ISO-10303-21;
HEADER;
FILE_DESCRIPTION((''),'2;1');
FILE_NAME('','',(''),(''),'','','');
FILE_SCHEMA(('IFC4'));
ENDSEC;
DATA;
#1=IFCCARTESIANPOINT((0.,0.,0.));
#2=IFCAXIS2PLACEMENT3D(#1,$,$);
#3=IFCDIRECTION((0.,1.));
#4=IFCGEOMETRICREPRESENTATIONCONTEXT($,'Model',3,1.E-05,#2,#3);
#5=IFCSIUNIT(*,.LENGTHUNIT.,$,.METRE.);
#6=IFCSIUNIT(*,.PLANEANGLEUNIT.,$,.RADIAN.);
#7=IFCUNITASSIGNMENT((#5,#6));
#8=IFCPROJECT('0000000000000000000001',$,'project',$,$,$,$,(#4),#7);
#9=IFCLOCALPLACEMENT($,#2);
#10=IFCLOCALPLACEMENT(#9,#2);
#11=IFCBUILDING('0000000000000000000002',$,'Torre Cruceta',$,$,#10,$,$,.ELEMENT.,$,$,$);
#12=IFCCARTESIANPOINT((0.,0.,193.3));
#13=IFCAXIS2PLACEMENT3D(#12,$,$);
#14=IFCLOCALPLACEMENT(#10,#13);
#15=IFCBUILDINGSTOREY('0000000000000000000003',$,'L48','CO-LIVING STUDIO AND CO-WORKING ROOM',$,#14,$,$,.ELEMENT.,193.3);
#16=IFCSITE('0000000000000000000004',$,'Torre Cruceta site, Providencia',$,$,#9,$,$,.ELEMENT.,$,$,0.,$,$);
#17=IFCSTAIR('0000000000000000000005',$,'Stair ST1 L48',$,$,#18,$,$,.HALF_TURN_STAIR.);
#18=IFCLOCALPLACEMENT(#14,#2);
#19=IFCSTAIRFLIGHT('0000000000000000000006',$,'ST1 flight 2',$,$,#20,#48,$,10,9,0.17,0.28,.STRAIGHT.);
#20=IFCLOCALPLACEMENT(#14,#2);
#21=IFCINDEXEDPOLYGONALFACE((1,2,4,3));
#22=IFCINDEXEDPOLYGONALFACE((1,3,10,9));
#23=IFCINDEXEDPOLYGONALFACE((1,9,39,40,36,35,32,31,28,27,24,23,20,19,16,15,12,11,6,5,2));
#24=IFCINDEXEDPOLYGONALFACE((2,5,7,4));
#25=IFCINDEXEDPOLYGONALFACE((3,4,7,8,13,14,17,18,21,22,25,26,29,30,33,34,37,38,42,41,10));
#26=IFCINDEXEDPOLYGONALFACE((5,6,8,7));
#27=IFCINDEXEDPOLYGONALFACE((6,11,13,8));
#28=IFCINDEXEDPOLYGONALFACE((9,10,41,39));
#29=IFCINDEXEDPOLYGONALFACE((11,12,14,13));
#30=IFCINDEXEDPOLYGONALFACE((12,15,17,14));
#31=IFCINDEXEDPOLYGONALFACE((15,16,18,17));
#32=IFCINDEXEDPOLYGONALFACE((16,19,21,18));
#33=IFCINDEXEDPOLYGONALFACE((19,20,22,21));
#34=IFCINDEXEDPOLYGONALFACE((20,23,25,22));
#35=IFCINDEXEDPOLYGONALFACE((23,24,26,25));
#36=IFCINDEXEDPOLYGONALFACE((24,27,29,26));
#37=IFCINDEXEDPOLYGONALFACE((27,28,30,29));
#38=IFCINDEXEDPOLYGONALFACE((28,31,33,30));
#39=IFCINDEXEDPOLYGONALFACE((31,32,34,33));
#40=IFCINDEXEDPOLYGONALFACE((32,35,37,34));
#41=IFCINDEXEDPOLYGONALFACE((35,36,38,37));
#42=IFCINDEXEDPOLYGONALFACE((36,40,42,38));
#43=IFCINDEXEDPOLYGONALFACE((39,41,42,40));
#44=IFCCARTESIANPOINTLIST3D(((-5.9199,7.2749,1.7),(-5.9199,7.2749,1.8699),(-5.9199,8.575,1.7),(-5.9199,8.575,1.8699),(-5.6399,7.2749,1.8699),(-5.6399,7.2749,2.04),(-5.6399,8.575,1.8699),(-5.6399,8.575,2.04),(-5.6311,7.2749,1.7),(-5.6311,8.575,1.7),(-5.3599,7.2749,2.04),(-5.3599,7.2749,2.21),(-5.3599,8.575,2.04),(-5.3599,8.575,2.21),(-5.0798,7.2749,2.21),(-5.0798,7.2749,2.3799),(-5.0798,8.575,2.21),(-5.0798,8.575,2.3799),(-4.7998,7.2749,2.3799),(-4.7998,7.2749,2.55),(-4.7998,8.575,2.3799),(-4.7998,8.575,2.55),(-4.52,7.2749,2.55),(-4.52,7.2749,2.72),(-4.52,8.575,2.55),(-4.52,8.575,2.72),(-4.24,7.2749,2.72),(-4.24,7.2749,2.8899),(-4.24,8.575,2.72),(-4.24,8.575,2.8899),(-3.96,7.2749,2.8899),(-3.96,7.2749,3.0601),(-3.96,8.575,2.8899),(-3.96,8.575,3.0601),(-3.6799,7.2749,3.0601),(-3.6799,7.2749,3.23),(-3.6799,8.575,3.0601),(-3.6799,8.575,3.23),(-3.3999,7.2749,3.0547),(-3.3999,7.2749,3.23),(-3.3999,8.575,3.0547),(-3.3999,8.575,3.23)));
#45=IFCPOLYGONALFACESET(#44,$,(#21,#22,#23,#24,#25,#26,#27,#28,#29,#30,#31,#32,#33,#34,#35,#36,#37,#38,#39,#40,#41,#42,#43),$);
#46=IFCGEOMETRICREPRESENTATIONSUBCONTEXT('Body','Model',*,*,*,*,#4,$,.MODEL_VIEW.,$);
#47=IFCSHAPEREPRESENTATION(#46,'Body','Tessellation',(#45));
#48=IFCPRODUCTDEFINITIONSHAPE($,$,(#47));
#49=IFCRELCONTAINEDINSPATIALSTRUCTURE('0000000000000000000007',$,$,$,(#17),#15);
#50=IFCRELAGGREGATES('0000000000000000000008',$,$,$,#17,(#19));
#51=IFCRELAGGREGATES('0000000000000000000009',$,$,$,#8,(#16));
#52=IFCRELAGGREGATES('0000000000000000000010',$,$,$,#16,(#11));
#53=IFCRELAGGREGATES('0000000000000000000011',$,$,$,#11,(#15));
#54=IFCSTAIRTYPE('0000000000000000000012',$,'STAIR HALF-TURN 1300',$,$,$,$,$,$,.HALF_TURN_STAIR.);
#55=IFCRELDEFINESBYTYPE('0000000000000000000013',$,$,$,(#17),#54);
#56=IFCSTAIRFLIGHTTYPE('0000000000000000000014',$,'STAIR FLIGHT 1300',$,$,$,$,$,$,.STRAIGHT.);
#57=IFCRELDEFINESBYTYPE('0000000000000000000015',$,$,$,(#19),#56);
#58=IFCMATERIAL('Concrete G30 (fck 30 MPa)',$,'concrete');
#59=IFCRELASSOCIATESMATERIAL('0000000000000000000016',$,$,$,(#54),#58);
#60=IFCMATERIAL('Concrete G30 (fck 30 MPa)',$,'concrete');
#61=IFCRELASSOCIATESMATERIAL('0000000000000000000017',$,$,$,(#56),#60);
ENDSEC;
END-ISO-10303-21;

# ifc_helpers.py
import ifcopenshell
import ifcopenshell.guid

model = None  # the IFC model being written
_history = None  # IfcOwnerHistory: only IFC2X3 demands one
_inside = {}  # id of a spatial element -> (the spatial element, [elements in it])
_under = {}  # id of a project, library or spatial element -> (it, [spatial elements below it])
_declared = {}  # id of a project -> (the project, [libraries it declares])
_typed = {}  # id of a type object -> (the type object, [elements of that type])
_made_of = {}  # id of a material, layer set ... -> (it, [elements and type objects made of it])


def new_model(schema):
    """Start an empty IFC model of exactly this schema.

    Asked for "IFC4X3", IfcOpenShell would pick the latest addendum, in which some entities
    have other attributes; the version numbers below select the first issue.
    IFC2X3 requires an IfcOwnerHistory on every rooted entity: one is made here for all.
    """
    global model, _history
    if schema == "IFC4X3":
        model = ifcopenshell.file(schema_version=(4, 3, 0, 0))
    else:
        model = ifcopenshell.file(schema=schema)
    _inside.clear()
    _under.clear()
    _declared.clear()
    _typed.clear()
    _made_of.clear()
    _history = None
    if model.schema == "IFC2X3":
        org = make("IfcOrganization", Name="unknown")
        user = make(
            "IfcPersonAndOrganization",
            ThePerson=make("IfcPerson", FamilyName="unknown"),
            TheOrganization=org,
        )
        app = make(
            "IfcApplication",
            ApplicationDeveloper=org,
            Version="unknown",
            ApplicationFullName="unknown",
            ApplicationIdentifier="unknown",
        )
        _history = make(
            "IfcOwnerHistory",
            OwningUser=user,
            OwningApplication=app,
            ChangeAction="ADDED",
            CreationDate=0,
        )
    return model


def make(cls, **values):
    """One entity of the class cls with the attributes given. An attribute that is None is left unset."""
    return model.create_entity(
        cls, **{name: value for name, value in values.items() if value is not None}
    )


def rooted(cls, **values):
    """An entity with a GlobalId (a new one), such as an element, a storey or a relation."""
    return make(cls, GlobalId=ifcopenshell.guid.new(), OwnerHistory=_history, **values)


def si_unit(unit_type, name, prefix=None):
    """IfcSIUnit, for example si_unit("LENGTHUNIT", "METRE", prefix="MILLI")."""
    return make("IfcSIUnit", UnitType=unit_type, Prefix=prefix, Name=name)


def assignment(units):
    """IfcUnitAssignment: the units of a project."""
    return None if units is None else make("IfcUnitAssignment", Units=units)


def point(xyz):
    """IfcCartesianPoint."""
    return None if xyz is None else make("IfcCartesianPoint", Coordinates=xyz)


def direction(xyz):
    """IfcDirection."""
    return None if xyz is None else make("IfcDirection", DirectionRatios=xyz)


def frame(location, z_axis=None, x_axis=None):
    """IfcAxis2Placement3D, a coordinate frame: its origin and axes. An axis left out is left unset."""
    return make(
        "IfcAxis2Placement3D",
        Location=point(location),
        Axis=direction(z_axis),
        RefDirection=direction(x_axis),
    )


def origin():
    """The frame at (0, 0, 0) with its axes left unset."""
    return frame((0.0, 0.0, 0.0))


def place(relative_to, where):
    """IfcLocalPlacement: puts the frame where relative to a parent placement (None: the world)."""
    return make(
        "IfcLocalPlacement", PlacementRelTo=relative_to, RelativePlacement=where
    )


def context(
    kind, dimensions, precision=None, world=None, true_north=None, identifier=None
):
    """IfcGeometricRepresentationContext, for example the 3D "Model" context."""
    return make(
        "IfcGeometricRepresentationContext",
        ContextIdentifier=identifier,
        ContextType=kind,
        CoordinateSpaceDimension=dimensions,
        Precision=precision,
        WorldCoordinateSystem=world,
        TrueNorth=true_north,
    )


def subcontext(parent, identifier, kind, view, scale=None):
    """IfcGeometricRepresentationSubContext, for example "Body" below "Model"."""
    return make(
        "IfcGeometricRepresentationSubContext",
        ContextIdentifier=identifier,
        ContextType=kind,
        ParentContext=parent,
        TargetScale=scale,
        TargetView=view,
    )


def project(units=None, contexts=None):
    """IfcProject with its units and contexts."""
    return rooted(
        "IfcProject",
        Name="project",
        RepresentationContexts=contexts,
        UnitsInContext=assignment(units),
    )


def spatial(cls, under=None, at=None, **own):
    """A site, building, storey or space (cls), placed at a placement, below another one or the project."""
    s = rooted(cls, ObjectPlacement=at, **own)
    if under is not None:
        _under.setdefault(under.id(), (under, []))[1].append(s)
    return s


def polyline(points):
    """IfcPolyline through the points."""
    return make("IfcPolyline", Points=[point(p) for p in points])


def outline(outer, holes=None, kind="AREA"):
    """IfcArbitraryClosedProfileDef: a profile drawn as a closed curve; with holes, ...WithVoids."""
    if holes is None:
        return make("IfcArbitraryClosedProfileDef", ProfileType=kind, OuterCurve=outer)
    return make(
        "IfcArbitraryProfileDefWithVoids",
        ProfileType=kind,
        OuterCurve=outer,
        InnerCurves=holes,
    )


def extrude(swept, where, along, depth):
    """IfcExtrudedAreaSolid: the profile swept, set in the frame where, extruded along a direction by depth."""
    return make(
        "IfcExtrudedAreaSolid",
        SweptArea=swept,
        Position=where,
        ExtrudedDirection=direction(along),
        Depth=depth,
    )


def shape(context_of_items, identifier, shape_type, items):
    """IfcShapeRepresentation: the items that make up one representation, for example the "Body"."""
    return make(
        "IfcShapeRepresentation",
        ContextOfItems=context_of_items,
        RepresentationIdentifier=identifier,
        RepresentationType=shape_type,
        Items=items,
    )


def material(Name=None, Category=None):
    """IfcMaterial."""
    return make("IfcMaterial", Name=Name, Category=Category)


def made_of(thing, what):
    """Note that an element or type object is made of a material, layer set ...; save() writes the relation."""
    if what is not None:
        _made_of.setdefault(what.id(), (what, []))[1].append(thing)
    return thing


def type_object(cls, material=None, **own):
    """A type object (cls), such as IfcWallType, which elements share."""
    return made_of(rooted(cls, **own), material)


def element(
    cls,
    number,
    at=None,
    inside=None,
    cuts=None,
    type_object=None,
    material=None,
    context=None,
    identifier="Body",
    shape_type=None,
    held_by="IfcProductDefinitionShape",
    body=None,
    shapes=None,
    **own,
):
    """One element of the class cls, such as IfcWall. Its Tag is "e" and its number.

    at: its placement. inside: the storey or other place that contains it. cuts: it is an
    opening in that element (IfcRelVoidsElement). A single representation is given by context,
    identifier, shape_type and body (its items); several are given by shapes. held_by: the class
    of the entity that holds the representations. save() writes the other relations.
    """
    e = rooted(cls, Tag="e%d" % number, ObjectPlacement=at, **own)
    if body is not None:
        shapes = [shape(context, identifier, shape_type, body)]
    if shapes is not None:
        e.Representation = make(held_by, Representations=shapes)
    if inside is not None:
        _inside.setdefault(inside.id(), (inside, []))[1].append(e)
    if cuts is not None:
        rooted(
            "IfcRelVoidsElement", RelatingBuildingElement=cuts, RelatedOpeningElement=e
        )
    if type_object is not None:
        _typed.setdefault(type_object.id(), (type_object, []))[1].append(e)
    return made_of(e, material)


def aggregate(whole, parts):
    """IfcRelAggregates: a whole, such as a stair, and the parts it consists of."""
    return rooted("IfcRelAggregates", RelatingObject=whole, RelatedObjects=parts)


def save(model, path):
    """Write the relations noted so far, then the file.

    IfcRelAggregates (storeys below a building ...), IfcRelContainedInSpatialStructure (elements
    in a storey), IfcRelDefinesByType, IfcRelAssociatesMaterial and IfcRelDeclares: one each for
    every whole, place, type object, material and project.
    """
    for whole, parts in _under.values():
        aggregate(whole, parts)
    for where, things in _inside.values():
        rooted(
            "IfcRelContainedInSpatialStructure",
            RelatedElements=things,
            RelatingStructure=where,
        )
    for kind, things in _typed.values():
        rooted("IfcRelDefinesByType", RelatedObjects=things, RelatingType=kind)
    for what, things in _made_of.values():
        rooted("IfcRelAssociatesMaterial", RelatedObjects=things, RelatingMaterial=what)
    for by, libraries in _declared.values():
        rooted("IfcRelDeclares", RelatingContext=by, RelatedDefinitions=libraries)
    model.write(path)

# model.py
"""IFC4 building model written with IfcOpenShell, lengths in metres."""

from ifc_helpers import new_model, si_unit, direction, frame, origin, place, context, subcontext, project, spatial, polyline, outline, extrude, material, type_object, element, aggregate, save


model = new_model("IFC4")

# Units and contexts
model_context = context("Model", 3, precision=1e-05, world=origin(), true_north=direction((0.0, 1.0)))
body_context = subcontext(model_context, "Body", "Model", "MODEL_VIEW")
ifc_project = project(units=[si_unit("LENGTHUNIT", "METRE"), si_unit("PLANEANGLEUNIT", "RADIAN")], contexts=[model_context])

# Site, building, storey
site_placement = place(None, origin())
site = spatial("IfcSite", under=ifc_project, at=site_placement, Name="Torre Cruceta site, Providencia", CompositionType="ELEMENT", RefElevation=0.0)
building_placement = place(site_placement, origin())
building = spatial("IfcBuilding", under=site, at=building_placement, Name="Torre Cruceta", CompositionType="ELEMENT")
storey_placement = place(building_placement, frame((0.0, 0.0, 193.3)))
storey = spatial("IfcBuildingStorey", under=building, at=storey_placement, Name="L48", Description="CO-LIVING STUDIO AND CO-WORKING ROOM", CompositionType="ELEMENT", Elevation=193.3)

# Stair, stair flight
ifc_material_1 = material(Name="Concrete G30 (fck 30 MPa)", Category="concrete")
stair_type = type_object("IfcStairType", Name="STAIR HALF-TURN 1300", PredefinedType="HALF_TURN_STAIR", material=ifc_material_1)
stair_placement = place(storey_placement, origin())
stair = element("IfcStair", 1, at=stair_placement, inside=storey, type_object=stair_type, Name="Stair ST1 L48", PredefinedType="HALF_TURN_STAIR")
ifc_material_2 = material(Name="Concrete G30 (fck 30 MPa)", Category="concrete")
stair_flight_type = type_object("IfcStairFlightType", Name="STAIR FLIGHT 1300", PredefinedType="STRAIGHT", material=ifc_material_2)
stair_flight_placement = place(storey_placement, frame((-5.9199, 7.925, 1.7), z_axis=(0.0, 0.0, 1.0), x_axis=(1.0, 0.0, 0.0)))
stair_flight = element("IfcStairFlight", 2, at=stair_flight_placement, type_object=stair_flight_type, Name="ST1 flight 2", NumberOfRisers=10, NumberOfTreads=9, PredefinedType="STRAIGHT", RiserHeight=0.17, TreadLength=0.28, context=body_context, shape_type="SweptSolid", body=[
    extrude(outline(polyline([(0.0, 0.0), (0.0, 0.1699), (0.28, 0.1699), (0.28, 0.3401), (0.5601, 0.3401), (0.5601, 0.51), (0.8401, 0.51), (0.8401, 0.6799), (1.1201, 0.6799), (1.1201, 0.8501), (1.3999, 0.8501), (1.3999, 1.02), (1.6799, 1.02), (1.6799, 1.1899), (1.96, 1.1899), (1.96, 1.3601), (2.24, 1.3601), (2.24, 1.53), (2.52, 1.53), (2.52, 1.7), (2.52, 1.3547), (0.2888, 0.0), (0.0, 0.0)])), frame((0.0, 0.6499, 0.0), z_axis=(0.0, -1.0, 0.0), x_axis=(1.0, 0.0, 0.0)), (0.0, 0.0, 1.0), 1.3),
])
aggregate(stair, [stair_flight])

save(model, "model.ifc")
